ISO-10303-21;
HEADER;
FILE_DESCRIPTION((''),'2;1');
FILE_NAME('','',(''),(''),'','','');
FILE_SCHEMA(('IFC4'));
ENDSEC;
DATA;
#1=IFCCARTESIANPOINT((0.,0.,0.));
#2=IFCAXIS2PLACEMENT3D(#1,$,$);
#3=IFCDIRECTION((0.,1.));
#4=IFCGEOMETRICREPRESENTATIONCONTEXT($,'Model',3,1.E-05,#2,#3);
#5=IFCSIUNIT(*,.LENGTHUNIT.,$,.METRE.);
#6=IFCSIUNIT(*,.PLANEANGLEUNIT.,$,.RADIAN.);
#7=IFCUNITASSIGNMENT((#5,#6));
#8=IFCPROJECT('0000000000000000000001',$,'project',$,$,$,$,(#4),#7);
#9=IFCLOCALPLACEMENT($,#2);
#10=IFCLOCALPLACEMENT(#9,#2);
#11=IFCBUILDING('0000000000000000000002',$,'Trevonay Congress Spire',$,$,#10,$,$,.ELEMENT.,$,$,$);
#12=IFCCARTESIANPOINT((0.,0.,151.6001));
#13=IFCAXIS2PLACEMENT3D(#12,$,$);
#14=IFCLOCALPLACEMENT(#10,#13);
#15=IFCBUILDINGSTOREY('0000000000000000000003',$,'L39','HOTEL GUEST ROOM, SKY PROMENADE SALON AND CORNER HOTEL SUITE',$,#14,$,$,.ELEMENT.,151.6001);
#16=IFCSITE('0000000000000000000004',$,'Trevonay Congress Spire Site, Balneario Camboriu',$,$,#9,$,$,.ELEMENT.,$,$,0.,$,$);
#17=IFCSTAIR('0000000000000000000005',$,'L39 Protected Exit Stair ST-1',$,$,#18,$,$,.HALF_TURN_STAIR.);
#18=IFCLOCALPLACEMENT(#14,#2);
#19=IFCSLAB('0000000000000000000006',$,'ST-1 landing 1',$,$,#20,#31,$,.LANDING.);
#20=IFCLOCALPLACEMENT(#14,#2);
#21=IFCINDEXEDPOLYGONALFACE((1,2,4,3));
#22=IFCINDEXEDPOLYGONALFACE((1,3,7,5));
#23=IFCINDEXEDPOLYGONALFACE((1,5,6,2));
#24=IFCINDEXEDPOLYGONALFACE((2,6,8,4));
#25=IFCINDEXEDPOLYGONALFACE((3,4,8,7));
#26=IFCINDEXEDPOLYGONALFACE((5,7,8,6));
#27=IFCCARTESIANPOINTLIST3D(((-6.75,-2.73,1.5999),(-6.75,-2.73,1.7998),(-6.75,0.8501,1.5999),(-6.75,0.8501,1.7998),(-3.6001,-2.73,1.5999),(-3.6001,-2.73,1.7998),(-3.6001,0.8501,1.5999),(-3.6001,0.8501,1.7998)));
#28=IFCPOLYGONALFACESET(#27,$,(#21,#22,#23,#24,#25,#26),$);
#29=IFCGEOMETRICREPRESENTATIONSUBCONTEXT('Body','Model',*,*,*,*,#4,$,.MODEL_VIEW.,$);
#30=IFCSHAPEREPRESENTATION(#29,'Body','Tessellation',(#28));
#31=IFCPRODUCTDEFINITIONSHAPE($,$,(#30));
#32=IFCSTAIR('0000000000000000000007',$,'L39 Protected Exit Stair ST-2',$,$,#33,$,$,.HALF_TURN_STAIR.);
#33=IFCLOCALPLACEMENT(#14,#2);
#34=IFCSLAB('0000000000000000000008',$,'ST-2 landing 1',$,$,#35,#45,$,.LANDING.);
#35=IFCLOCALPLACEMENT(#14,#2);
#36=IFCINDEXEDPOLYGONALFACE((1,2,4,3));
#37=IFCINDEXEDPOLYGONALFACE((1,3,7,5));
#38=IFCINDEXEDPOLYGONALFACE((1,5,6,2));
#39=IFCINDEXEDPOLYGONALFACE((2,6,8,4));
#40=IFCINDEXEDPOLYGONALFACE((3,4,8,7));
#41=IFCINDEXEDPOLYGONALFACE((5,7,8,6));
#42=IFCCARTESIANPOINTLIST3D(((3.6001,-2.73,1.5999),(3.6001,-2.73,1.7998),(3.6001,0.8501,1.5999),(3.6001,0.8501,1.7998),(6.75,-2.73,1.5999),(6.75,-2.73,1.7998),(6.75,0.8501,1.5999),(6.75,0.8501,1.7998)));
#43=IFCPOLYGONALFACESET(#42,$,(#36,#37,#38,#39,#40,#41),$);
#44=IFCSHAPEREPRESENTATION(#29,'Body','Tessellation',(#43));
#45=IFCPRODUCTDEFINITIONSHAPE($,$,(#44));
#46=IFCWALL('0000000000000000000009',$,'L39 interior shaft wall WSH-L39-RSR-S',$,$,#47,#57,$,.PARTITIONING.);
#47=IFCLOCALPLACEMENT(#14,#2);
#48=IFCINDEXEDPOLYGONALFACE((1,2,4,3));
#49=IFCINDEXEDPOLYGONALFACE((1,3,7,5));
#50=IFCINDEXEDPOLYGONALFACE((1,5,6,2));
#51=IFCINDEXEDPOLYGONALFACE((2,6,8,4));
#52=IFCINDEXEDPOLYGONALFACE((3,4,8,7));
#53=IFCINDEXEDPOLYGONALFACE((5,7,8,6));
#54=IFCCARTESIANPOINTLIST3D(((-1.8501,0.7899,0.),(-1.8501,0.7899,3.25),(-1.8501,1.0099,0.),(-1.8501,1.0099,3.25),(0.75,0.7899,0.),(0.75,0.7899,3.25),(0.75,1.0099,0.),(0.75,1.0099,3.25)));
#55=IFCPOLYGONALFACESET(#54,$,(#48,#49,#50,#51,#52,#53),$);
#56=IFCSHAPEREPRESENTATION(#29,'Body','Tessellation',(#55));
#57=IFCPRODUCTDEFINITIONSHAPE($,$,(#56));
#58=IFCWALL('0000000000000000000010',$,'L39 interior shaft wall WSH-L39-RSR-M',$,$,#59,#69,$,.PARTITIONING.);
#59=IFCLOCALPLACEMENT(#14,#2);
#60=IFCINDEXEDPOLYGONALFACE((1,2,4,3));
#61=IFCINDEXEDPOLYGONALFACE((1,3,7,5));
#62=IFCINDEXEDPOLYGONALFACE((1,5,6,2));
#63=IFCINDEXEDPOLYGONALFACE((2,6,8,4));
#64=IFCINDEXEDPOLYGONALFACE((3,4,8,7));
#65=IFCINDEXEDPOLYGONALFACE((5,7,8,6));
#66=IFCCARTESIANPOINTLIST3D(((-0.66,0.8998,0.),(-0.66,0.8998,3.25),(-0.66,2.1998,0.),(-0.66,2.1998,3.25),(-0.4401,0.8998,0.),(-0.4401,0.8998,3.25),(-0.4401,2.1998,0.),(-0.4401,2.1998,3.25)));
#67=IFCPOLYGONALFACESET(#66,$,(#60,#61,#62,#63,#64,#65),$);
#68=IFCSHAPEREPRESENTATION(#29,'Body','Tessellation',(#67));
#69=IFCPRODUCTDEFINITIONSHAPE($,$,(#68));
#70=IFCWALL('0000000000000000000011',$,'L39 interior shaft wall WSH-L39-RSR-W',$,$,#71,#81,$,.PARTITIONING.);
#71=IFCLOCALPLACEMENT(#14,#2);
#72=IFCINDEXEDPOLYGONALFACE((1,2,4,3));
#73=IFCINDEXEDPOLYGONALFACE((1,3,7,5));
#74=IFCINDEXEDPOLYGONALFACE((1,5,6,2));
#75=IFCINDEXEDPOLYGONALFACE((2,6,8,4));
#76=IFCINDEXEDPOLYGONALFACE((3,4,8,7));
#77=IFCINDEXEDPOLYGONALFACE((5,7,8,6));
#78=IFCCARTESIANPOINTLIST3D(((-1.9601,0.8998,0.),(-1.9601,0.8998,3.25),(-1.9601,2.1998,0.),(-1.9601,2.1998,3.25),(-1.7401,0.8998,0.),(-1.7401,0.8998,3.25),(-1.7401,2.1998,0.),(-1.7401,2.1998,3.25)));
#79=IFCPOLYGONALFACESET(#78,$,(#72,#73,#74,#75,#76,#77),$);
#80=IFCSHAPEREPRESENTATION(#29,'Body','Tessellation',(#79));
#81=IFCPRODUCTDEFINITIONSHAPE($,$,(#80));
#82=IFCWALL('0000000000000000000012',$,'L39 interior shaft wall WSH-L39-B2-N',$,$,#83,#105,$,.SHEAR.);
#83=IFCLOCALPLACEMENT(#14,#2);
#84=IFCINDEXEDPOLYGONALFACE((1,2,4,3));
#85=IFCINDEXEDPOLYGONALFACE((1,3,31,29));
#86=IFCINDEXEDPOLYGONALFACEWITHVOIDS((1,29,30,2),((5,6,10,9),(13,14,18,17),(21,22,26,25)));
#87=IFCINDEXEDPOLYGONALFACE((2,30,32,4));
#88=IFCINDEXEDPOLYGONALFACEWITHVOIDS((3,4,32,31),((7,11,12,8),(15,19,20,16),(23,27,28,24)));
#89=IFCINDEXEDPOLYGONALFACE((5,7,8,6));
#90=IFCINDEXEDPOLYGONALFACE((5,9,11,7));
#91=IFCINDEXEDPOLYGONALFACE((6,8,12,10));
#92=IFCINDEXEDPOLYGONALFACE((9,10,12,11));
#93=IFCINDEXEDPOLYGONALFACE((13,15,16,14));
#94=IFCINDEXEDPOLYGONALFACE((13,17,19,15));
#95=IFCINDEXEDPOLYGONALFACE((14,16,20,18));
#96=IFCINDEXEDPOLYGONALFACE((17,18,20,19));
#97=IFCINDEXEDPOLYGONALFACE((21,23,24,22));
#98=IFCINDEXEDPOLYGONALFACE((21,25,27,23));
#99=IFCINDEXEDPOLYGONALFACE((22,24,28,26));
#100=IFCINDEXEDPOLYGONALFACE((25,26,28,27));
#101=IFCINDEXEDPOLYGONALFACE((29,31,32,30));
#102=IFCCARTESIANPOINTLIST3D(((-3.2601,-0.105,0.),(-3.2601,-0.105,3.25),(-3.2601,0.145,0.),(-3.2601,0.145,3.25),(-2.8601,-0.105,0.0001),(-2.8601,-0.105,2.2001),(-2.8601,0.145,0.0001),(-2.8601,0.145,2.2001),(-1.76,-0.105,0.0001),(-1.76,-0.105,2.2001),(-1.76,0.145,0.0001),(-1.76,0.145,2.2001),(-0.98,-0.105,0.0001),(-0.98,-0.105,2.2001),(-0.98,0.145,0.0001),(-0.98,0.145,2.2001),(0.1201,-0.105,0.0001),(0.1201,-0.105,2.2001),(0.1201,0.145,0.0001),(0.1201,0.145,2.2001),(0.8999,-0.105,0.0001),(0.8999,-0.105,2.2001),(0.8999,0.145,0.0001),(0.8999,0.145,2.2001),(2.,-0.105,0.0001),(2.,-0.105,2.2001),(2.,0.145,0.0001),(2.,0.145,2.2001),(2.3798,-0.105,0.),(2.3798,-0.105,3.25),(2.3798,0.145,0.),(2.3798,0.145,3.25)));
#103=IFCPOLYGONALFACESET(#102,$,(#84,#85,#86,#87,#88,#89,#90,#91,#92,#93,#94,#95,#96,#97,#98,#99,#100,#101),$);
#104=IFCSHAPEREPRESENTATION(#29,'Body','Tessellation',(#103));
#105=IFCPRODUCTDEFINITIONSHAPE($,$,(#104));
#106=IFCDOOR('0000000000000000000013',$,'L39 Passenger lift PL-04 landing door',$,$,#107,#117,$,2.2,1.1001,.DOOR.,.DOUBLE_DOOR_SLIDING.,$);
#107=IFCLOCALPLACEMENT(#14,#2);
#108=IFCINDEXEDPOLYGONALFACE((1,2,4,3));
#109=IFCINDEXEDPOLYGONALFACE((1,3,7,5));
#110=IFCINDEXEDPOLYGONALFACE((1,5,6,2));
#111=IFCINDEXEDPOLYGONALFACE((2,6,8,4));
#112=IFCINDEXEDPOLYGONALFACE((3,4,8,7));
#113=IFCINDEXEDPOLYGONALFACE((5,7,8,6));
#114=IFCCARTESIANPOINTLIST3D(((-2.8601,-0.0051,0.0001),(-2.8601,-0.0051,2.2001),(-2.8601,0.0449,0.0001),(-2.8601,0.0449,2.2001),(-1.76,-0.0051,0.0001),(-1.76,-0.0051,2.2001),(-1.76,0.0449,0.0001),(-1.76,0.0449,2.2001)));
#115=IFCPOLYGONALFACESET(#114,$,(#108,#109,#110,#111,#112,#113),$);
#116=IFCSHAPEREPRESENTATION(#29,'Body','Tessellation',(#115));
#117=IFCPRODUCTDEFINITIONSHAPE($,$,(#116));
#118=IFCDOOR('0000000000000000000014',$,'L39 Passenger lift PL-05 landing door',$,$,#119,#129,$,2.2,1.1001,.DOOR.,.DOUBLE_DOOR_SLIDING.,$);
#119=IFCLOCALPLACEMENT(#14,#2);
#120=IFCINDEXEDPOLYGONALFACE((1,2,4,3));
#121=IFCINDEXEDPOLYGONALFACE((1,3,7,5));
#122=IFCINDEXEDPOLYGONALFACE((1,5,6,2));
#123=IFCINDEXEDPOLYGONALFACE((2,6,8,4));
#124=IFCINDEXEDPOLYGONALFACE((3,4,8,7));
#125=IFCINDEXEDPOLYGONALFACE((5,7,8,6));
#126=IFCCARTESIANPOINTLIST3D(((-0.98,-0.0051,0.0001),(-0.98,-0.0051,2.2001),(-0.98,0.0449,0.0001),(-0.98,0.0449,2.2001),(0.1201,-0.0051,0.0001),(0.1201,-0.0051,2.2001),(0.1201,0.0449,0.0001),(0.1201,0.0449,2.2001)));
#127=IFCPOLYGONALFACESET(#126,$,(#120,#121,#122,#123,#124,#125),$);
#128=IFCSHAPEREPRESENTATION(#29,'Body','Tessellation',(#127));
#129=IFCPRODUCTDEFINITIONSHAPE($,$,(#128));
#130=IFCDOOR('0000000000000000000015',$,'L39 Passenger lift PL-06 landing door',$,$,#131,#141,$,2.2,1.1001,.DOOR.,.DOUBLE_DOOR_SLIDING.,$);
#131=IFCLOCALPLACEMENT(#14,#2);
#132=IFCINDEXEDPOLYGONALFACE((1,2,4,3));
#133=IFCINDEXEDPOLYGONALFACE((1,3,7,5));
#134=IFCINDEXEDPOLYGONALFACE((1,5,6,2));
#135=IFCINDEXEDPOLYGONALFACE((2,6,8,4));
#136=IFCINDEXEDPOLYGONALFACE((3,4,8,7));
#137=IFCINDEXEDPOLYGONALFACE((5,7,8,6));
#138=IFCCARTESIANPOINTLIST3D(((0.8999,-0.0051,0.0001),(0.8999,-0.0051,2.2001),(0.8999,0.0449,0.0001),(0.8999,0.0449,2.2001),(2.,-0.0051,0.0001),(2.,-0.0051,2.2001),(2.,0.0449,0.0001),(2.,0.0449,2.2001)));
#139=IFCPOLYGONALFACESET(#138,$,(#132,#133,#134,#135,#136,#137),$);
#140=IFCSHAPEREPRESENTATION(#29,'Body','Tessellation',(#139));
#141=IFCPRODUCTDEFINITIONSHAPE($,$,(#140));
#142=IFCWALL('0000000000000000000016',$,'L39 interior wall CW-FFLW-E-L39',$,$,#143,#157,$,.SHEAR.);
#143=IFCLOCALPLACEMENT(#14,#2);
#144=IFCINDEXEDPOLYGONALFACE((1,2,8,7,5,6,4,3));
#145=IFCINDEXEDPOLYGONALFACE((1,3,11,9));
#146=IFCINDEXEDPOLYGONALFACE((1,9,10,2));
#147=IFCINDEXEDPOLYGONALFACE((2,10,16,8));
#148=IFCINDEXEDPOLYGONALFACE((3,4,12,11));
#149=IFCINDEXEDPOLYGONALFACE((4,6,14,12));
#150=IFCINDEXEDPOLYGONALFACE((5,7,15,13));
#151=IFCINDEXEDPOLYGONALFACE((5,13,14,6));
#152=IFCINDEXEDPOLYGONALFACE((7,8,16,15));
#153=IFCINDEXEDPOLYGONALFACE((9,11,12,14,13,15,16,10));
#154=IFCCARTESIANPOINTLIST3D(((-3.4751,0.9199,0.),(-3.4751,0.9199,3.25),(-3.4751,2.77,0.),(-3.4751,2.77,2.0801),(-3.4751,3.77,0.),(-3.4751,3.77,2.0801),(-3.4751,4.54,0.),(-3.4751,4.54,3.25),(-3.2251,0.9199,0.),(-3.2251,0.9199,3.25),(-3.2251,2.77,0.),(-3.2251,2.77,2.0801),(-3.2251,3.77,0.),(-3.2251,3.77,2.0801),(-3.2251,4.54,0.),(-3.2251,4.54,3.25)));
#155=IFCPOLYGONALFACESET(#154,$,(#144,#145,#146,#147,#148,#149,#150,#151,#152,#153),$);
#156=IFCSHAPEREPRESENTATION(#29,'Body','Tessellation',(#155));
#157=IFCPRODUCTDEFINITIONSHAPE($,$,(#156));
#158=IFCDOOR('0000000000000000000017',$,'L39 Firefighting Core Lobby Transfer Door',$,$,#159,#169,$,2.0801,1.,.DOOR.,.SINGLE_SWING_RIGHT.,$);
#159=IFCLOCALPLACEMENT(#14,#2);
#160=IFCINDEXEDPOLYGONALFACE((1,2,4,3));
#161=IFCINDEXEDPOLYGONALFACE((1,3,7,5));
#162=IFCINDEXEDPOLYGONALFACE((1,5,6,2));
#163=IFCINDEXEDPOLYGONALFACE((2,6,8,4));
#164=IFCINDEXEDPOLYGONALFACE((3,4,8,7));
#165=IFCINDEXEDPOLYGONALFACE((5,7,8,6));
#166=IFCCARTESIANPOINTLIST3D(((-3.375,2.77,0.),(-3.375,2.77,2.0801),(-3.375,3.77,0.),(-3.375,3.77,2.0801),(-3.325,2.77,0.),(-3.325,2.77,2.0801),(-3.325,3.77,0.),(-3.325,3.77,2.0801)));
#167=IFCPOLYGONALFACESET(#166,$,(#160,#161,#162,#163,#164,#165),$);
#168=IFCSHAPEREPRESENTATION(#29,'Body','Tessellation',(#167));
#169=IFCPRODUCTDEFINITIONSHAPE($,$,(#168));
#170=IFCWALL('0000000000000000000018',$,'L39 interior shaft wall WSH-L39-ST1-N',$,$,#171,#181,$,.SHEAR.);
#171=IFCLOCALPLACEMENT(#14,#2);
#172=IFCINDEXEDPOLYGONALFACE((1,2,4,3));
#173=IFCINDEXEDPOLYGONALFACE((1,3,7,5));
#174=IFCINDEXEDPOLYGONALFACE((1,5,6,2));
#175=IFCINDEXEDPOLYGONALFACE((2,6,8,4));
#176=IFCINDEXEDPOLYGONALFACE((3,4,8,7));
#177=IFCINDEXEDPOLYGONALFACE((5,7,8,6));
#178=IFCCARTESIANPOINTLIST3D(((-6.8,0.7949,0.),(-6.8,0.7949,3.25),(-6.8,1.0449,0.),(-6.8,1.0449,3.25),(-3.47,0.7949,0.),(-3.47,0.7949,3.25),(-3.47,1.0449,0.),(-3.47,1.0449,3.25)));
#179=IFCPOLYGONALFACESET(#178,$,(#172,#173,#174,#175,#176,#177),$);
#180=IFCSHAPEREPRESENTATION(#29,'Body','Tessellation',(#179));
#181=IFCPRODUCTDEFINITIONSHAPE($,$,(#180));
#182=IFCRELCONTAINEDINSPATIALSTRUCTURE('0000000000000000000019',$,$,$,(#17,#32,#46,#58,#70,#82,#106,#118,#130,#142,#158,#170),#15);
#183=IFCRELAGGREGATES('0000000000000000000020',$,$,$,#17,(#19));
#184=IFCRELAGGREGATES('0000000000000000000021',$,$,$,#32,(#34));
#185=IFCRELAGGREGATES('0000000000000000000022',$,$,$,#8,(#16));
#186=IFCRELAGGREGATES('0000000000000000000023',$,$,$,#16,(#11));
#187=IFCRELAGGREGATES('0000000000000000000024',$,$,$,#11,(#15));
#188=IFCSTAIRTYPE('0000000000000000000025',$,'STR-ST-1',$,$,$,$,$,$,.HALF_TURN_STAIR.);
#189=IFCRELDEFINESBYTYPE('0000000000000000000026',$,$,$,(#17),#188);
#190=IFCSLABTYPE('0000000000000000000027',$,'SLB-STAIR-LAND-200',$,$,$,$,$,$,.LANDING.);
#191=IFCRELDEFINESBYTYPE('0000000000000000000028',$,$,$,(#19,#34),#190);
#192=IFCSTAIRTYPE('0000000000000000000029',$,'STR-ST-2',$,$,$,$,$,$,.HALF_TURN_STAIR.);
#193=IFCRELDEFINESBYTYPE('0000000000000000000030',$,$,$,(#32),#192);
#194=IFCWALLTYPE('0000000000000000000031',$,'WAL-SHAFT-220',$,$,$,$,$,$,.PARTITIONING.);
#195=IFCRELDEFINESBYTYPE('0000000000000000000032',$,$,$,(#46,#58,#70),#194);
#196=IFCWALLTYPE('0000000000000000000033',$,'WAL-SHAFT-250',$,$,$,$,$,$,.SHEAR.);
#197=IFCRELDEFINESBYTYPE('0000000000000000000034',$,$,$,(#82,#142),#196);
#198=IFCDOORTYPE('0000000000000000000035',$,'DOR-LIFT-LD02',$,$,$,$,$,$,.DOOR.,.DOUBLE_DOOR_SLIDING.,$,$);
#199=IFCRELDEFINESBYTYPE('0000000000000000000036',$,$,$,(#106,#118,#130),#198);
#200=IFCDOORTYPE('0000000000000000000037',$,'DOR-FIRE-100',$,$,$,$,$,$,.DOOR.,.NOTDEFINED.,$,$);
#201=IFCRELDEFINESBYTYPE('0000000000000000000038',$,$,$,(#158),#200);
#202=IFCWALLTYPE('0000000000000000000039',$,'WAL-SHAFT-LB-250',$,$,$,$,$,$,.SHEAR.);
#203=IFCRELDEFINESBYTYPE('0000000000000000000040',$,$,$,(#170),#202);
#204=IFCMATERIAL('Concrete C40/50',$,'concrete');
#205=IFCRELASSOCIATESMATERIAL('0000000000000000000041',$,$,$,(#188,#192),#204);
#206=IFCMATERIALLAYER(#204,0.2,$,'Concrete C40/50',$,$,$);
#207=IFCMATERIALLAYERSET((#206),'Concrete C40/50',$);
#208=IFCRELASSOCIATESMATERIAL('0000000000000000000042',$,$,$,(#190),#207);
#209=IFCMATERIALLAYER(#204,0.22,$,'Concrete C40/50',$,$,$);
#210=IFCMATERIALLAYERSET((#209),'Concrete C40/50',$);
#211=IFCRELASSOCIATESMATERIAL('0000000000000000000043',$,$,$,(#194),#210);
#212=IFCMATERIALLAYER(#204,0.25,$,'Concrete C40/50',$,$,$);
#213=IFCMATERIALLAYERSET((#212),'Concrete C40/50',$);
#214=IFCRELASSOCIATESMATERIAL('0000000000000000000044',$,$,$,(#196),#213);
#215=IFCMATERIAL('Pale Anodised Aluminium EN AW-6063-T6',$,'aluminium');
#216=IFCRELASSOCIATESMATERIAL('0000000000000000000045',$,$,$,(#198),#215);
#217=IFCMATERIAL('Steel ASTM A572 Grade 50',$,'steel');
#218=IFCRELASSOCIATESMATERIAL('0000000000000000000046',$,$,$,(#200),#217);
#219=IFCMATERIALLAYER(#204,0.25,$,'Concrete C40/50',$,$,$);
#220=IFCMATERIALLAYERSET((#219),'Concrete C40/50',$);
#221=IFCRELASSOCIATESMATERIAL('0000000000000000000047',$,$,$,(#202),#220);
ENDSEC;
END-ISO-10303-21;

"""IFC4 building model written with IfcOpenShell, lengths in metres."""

from ifc_helpers import new_model, si_unit, direction, frame, frame_2d, origin, place, context, subcontext, project, spatial, polyline, rectangle, outline, extrude, material, layer, layer_set, type_object, element, fill, aggregate, save


model = new_model("IFC4")

# Units and contexts
model_context = context("Model", 3, precision=1e-05, world=origin(), true_north=direction((0.0, 1.0)))
body_context = subcontext(model_context, "Body", "Model", "MODEL_VIEW")
ifc_project = project(units=[si_unit("LENGTHUNIT", "METRE"), si_unit("PLANEANGLEUNIT", "RADIAN")], contexts=[model_context])

# Site, building, storey
site_placement = place(None, origin())
site = spatial("IfcSite", under=ifc_project, at=site_placement, Name="Trevonay Congress Spire Site, Balneario Camboriu", CompositionType="ELEMENT", RefElevation=0.0)
building_placement = place(site_placement, origin())
building = spatial("IfcBuilding", under=site, at=building_placement, Name="Trevonay Congress Spire", CompositionType="ELEMENT")
storey_placement = place(building_placement, frame((0.0, 0.0, 151.6001)))
storey = spatial("IfcBuildingStorey", under=building, at=storey_placement, Name="L39", Description="HOTEL GUEST ROOM, SKY PROMENADE SALON AND CORNER HOTEL SUITE", CompositionType="ELEMENT", Elevation=151.6001)

# Stairs, slabs
ifc_material_1 = material(Name="Concrete C40/50", Category="concrete")
stair_type_1 = type_object("IfcStairType", Name="STR-ST-1", PredefinedType="HALF_TURN_STAIR", material=ifc_material_1)
stair_1_placement = place(storey_placement, origin())
stair_1 = element("IfcStair", 1, at=stair_1_placement, inside=storey, type_object=stair_type_1, Name="L39 Protected Exit Stair ST-1", PredefinedType="HALF_TURN_STAIR")
ifc_layer_1 = layer(ifc_material_1, 0.2, Name="Concrete C40/50")
ifc_layer_set_1 = layer_set([ifc_layer_1], Name="Concrete C40/50")
slab_type = type_object("IfcSlabType", Name="SLB-STAIR-LAND-200", PredefinedType="LANDING", material=ifc_layer_set_1)
slab_1_placement = place(storey_placement, frame((0.0, 0.0, 1.5999)))
slab_1 = element("IfcSlab", 2, at=slab_1_placement, type_object=slab_type, Name="ST-1 landing 1", PredefinedType="LANDING", context=body_context, shape_type="SweptSolid", body=[
    extrude(outline(polyline([(-3.6001, -2.73), (-3.6001, 0.8501), (-6.75, 0.8501), (-6.75, -2.73), (-3.6001, -2.73)])), origin(), (0.0, 0.0, 1.0), 0.2),
])
aggregate(stair_1, [slab_1])
stair_type_2 = type_object("IfcStairType", Name="STR-ST-2", PredefinedType="HALF_TURN_STAIR", material=ifc_material_1)
stair_2_placement = place(storey_placement, origin())
stair_2 = element("IfcStair", 3, at=stair_2_placement, inside=storey, type_object=stair_type_2, Name="L39 Protected Exit Stair ST-2", PredefinedType="HALF_TURN_STAIR")
slab_2_placement = place(storey_placement, frame((0.0, 0.0, 1.5999)))
slab_2 = element("IfcSlab", 4, at=slab_2_placement, type_object=slab_type, Name="ST-2 landing 1", PredefinedType="LANDING", context=body_context, shape_type="SweptSolid", body=[
    extrude(outline(polyline([(6.75, -2.73), (6.75, 0.8501), (3.6001, 0.8501), (3.6001, -2.73), (6.75, -2.73)])), origin(), (0.0, 0.0, 1.0), 0.2),
])
aggregate(stair_2, [slab_2])

# Walls
ifc_layer_2 = layer(ifc_material_1, 0.22, Name="Concrete C40/50")
ifc_layer_set_2 = layer_set([ifc_layer_2], Name="Concrete C40/50")
wall_type_1 = type_object("IfcWallType", Name="WAL-SHAFT-220", PredefinedType="PARTITIONING", material=ifc_layer_set_2)
wall_1_placement = place(storey_placement, frame((-1.8501, 0.8999, 0.0), z_axis=(0.0, 0.0, 1.0), x_axis=(1.0, 0.0, 0.0)))
element("IfcWall", 5, at=wall_1_placement, inside=storey, type_object=wall_type_1, Name="L39 interior shaft wall WSH-L39-RSR-S", PredefinedType="PARTITIONING", context=body_context, shape_type="SweptSolid", body=[
    extrude(rectangle(XDim=2.6001, YDim=0.22, at=frame_2d((1.3, 0.0))), origin(), (0.0, 0.0, 1.0), 3.25),
])
for number, where, z_axis, x_axis, name in (
    (6, (-0.55, 0.8999, 0.0), (0.0, 0.0, 1.0), (0.0, 1.0, 0.0), "L39 interior shaft wall WSH-L39-RSR-M"),
    (7, (-1.8501, 0.8999, 0.0), (0.0, 0.0, 1.0), (0.0, 1.0, 0.0), "L39 interior shaft wall WSH-L39-RSR-W"),
):
    element("IfcWall", number, at=place(storey_placement, frame(where, z_axis=z_axis, x_axis=x_axis)), inside=storey, type_object=wall_type_1, Name=name, PredefinedType="PARTITIONING", context=body_context, shape_type="SweptSolid", body=[
        extrude(rectangle(XDim=1.3, YDim=0.22, at=frame_2d((0.6499, 0.0))), origin(), (0.0, 0.0, 1.0), 3.25),
    ])

# Wall, openings, doors
ifc_layer_3 = layer(ifc_material_1, 0.25, Name="Concrete C40/50")
ifc_layer_set_3 = layer_set([ifc_layer_3], Name="Concrete C40/50")
wall_type_2 = type_object("IfcWallType", Name="WAL-SHAFT-250", PredefinedType="SHEAR", material=ifc_layer_set_3)
wall_2_placement = place(storey_placement, frame((-3.26, 0.02, 0.0), z_axis=(0.0, 0.0, 1.0), x_axis=(1.0, 0.0, 0.0)))
wall_2 = element("IfcWall", 8, at=wall_2_placement, inside=storey, type_object=wall_type_2, Name="L39 interior shaft wall WSH-L39-B2-N", PredefinedType="SHEAR", context=body_context, shape_type="SweptSolid", body=[
    extrude(rectangle(XDim=5.6399, YDim=0.25, at=frame_2d((2.8198, 0.0))), origin(), (0.0, 0.0, 1.0), 3.25),
])
opening_1_placement = place(wall_2_placement, frame((0.3999, 0.0, 0.0)))
opening_1 = element("IfcOpeningElement", 9, at=opening_1_placement, cuts=wall_2, PredefinedType="OPENING", context=body_context, shape_type="SweptSolid", body=[
    extrude(rectangle(XDim=1.1001, YDim=2.2, at=frame_2d((0.55, 1.1001))), frame((0.0, 0.135, 0.0), z_axis=(0.0, -1.0, 0.0), x_axis=(1.0, 0.0, 0.0)), (0.0, 0.0, 1.0), 0.27),
])
opening_2_placement = place(wall_2_placement, frame((2.28, 0.0, 0.0)))
opening_2 = element("IfcOpeningElement", 10, at=opening_2_placement, cuts=wall_2, PredefinedType="OPENING", context=body_context, shape_type="SweptSolid", body=[
    extrude(rectangle(XDim=1.1001, YDim=2.2, at=frame_2d((0.55, 1.1001))), frame((0.0, 0.135, 0.0), z_axis=(0.0, -1.0, 0.0), x_axis=(1.0, 0.0, 0.0)), (0.0, 0.0, 1.0), 0.27),
])
opening_3_placement = place(wall_2_placement, frame((4.1599, 0.0, 0.0)))
opening_3 = element("IfcOpeningElement", 11, at=opening_3_placement, cuts=wall_2, PredefinedType="OPENING", context=body_context, shape_type="SweptSolid", body=[
    extrude(rectangle(XDim=1.1001, YDim=2.2, at=frame_2d((0.55, 1.1001))), frame((0.0, 0.135, 0.0), z_axis=(0.0, -1.0, 0.0), x_axis=(1.0, 0.0, 0.0)), (0.0, 0.0, 1.0), 0.27),
])
ifc_material_2 = material(Name="Pale Anodised Aluminium EN AW-6063-T6", Category="aluminium")
door_type_1 = type_object("IfcDoorType", Name="DOR-LIFT-LD02", OperationType="DOUBLE_DOOR_SLIDING", PredefinedType="DOOR", material=ifc_material_2)
door_1_placement = place(opening_1_placement, origin())
door_1 = element("IfcDoor", 12, at=door_1_placement, inside=storey, type_object=door_type_1, Name="L39 Passenger lift PL-04 landing door", OperationType="DOUBLE_DOOR_SLIDING", OverallHeight=2.2, OverallWidth=1.1001, PredefinedType="DOOR", context=body_context, shape_type="SweptSolid", body=[
    extrude(rectangle(XDim=1.1001, YDim=2.2, at=frame_2d((0.55, 1.1001))), frame((0.0, 0.0249, 0.0), z_axis=(0.0, -1.0, 0.0), x_axis=(1.0, 0.0, 0.0)), (0.0, 0.0, 1.0), 0.05),
])
fill(opening_1, door_1)
door_2_placement = place(opening_2_placement, origin())
door_2 = element("IfcDoor", 13, at=door_2_placement, inside=storey, type_object=door_type_1, Name="L39 Passenger lift PL-05 landing door", OperationType="DOUBLE_DOOR_SLIDING", OverallHeight=2.2, OverallWidth=1.1001, PredefinedType="DOOR", context=body_context, shape_type="SweptSolid", body=[
    extrude(rectangle(XDim=1.1001, YDim=2.2, at=frame_2d((0.55, 1.1001))), frame((0.0, 0.0249, 0.0), z_axis=(0.0, -1.0, 0.0), x_axis=(1.0, 0.0, 0.0)), (0.0, 0.0, 1.0), 0.05),
])
fill(opening_2, door_2)
door_3_placement = place(opening_3_placement, origin())
door_3 = element("IfcDoor", 14, at=door_3_placement, inside=storey, type_object=door_type_1, Name="L39 Passenger lift PL-06 landing door", OperationType="DOUBLE_DOOR_SLIDING", OverallHeight=2.2, OverallWidth=1.1001, PredefinedType="DOOR", context=body_context, shape_type="SweptSolid", body=[
    extrude(rectangle(XDim=1.1001, YDim=2.2, at=frame_2d((0.55, 1.1001))), frame((0.0, 0.0249, 0.0), z_axis=(0.0, -1.0, 0.0), x_axis=(1.0, 0.0, 0.0)), (0.0, 0.0, 1.0), 0.05),
])
fill(opening_3, door_3)

# Wall, opening, door
wall_3_placement = place(storey_placement, frame((-3.3501, 0.9199, 0.0), z_axis=(0.0, 0.0, 1.0), x_axis=(0.0, 1.0, 0.0)))
wall_3 = element("IfcWall", 15, at=wall_3_placement, inside=storey, type_object=wall_type_2, Name="L39 interior wall CW-FFLW-E-L39", PredefinedType="SHEAR", context=body_context, shape_type="SweptSolid", body=[
    extrude(rectangle(XDim=3.6201, YDim=0.25, at=frame_2d((1.8101, 0.0))), origin(), (0.0, 0.0, 1.0), 3.25),
])
opening_4_placement = place(wall_3_placement, frame((1.8501, 0.0, 0.0)))
opening_4 = element("IfcOpeningElement", 16, at=opening_4_placement, cuts=wall_3, PredefinedType="OPENING", context=body_context, shape_type="SweptSolid", body=[
    extrude(rectangle(XDim=1.0, YDim=2.0801, at=frame_2d((0.5, 1.04))), frame((0.0, 0.135, 0.0), z_axis=(0.0, -1.0, 0.0), x_axis=(1.0, 0.0, 0.0)), (0.0, 0.0, 1.0), 0.27),
])
ifc_material_3 = material(Name="Steel ASTM A572 Grade 50", Category="steel")
door_type_2 = type_object("IfcDoorType", Name="DOR-FIRE-100", OperationType="NOTDEFINED", PredefinedType="DOOR", material=ifc_material_3)
door_4_placement = place(opening_4_placement, origin())
door_4 = element("IfcDoor", 17, at=door_4_placement, inside=storey, type_object=door_type_2, Name="L39 Firefighting Core Lobby Transfer Door", OperationType="SINGLE_SWING_RIGHT", OverallHeight=2.0801, OverallWidth=1.0, PredefinedType="DOOR", context=body_context, shape_type="SweptSolid", body=[
    extrude(rectangle(XDim=1.0, YDim=2.0801, at=frame_2d((0.5, 1.04))), frame((0.0, 0.0249, 0.0), z_axis=(0.0, -1.0, 0.0), x_axis=(1.0, 0.0, 0.0)), (0.0, 0.0, 1.0), 0.05),
])
fill(opening_4, door_4)

# Wall
ifc_layer_4 = layer(ifc_material_1, 0.25, Name="Concrete C40/50")
ifc_layer_set_4 = layer_set([ifc_layer_4], Name="Concrete C40/50")
wall_type_3 = type_object("IfcWallType", Name="WAL-SHAFT-LB-250", PredefinedType="SHEAR", material=ifc_layer_set_4)
wall_4_placement = place(storey_placement, frame((-6.8, 0.9199, 0.0), z_axis=(0.0, 0.0, 1.0), x_axis=(1.0, 0.0, 0.0)))
element("IfcWall", 18, at=wall_4_placement, inside=storey, type_object=wall_type_3, Name="L39 interior shaft wall WSH-L39-ST1-N", PredefinedType="SHEAR", context=body_context, shape_type="SweptSolid", body=[
    extrude(rectangle(XDim=3.3301, YDim=0.25, at=frame_2d((1.665, 0.0))), origin(), (0.0, 0.0, 1.0), 3.25),
])

save(model, "model.ifc")
